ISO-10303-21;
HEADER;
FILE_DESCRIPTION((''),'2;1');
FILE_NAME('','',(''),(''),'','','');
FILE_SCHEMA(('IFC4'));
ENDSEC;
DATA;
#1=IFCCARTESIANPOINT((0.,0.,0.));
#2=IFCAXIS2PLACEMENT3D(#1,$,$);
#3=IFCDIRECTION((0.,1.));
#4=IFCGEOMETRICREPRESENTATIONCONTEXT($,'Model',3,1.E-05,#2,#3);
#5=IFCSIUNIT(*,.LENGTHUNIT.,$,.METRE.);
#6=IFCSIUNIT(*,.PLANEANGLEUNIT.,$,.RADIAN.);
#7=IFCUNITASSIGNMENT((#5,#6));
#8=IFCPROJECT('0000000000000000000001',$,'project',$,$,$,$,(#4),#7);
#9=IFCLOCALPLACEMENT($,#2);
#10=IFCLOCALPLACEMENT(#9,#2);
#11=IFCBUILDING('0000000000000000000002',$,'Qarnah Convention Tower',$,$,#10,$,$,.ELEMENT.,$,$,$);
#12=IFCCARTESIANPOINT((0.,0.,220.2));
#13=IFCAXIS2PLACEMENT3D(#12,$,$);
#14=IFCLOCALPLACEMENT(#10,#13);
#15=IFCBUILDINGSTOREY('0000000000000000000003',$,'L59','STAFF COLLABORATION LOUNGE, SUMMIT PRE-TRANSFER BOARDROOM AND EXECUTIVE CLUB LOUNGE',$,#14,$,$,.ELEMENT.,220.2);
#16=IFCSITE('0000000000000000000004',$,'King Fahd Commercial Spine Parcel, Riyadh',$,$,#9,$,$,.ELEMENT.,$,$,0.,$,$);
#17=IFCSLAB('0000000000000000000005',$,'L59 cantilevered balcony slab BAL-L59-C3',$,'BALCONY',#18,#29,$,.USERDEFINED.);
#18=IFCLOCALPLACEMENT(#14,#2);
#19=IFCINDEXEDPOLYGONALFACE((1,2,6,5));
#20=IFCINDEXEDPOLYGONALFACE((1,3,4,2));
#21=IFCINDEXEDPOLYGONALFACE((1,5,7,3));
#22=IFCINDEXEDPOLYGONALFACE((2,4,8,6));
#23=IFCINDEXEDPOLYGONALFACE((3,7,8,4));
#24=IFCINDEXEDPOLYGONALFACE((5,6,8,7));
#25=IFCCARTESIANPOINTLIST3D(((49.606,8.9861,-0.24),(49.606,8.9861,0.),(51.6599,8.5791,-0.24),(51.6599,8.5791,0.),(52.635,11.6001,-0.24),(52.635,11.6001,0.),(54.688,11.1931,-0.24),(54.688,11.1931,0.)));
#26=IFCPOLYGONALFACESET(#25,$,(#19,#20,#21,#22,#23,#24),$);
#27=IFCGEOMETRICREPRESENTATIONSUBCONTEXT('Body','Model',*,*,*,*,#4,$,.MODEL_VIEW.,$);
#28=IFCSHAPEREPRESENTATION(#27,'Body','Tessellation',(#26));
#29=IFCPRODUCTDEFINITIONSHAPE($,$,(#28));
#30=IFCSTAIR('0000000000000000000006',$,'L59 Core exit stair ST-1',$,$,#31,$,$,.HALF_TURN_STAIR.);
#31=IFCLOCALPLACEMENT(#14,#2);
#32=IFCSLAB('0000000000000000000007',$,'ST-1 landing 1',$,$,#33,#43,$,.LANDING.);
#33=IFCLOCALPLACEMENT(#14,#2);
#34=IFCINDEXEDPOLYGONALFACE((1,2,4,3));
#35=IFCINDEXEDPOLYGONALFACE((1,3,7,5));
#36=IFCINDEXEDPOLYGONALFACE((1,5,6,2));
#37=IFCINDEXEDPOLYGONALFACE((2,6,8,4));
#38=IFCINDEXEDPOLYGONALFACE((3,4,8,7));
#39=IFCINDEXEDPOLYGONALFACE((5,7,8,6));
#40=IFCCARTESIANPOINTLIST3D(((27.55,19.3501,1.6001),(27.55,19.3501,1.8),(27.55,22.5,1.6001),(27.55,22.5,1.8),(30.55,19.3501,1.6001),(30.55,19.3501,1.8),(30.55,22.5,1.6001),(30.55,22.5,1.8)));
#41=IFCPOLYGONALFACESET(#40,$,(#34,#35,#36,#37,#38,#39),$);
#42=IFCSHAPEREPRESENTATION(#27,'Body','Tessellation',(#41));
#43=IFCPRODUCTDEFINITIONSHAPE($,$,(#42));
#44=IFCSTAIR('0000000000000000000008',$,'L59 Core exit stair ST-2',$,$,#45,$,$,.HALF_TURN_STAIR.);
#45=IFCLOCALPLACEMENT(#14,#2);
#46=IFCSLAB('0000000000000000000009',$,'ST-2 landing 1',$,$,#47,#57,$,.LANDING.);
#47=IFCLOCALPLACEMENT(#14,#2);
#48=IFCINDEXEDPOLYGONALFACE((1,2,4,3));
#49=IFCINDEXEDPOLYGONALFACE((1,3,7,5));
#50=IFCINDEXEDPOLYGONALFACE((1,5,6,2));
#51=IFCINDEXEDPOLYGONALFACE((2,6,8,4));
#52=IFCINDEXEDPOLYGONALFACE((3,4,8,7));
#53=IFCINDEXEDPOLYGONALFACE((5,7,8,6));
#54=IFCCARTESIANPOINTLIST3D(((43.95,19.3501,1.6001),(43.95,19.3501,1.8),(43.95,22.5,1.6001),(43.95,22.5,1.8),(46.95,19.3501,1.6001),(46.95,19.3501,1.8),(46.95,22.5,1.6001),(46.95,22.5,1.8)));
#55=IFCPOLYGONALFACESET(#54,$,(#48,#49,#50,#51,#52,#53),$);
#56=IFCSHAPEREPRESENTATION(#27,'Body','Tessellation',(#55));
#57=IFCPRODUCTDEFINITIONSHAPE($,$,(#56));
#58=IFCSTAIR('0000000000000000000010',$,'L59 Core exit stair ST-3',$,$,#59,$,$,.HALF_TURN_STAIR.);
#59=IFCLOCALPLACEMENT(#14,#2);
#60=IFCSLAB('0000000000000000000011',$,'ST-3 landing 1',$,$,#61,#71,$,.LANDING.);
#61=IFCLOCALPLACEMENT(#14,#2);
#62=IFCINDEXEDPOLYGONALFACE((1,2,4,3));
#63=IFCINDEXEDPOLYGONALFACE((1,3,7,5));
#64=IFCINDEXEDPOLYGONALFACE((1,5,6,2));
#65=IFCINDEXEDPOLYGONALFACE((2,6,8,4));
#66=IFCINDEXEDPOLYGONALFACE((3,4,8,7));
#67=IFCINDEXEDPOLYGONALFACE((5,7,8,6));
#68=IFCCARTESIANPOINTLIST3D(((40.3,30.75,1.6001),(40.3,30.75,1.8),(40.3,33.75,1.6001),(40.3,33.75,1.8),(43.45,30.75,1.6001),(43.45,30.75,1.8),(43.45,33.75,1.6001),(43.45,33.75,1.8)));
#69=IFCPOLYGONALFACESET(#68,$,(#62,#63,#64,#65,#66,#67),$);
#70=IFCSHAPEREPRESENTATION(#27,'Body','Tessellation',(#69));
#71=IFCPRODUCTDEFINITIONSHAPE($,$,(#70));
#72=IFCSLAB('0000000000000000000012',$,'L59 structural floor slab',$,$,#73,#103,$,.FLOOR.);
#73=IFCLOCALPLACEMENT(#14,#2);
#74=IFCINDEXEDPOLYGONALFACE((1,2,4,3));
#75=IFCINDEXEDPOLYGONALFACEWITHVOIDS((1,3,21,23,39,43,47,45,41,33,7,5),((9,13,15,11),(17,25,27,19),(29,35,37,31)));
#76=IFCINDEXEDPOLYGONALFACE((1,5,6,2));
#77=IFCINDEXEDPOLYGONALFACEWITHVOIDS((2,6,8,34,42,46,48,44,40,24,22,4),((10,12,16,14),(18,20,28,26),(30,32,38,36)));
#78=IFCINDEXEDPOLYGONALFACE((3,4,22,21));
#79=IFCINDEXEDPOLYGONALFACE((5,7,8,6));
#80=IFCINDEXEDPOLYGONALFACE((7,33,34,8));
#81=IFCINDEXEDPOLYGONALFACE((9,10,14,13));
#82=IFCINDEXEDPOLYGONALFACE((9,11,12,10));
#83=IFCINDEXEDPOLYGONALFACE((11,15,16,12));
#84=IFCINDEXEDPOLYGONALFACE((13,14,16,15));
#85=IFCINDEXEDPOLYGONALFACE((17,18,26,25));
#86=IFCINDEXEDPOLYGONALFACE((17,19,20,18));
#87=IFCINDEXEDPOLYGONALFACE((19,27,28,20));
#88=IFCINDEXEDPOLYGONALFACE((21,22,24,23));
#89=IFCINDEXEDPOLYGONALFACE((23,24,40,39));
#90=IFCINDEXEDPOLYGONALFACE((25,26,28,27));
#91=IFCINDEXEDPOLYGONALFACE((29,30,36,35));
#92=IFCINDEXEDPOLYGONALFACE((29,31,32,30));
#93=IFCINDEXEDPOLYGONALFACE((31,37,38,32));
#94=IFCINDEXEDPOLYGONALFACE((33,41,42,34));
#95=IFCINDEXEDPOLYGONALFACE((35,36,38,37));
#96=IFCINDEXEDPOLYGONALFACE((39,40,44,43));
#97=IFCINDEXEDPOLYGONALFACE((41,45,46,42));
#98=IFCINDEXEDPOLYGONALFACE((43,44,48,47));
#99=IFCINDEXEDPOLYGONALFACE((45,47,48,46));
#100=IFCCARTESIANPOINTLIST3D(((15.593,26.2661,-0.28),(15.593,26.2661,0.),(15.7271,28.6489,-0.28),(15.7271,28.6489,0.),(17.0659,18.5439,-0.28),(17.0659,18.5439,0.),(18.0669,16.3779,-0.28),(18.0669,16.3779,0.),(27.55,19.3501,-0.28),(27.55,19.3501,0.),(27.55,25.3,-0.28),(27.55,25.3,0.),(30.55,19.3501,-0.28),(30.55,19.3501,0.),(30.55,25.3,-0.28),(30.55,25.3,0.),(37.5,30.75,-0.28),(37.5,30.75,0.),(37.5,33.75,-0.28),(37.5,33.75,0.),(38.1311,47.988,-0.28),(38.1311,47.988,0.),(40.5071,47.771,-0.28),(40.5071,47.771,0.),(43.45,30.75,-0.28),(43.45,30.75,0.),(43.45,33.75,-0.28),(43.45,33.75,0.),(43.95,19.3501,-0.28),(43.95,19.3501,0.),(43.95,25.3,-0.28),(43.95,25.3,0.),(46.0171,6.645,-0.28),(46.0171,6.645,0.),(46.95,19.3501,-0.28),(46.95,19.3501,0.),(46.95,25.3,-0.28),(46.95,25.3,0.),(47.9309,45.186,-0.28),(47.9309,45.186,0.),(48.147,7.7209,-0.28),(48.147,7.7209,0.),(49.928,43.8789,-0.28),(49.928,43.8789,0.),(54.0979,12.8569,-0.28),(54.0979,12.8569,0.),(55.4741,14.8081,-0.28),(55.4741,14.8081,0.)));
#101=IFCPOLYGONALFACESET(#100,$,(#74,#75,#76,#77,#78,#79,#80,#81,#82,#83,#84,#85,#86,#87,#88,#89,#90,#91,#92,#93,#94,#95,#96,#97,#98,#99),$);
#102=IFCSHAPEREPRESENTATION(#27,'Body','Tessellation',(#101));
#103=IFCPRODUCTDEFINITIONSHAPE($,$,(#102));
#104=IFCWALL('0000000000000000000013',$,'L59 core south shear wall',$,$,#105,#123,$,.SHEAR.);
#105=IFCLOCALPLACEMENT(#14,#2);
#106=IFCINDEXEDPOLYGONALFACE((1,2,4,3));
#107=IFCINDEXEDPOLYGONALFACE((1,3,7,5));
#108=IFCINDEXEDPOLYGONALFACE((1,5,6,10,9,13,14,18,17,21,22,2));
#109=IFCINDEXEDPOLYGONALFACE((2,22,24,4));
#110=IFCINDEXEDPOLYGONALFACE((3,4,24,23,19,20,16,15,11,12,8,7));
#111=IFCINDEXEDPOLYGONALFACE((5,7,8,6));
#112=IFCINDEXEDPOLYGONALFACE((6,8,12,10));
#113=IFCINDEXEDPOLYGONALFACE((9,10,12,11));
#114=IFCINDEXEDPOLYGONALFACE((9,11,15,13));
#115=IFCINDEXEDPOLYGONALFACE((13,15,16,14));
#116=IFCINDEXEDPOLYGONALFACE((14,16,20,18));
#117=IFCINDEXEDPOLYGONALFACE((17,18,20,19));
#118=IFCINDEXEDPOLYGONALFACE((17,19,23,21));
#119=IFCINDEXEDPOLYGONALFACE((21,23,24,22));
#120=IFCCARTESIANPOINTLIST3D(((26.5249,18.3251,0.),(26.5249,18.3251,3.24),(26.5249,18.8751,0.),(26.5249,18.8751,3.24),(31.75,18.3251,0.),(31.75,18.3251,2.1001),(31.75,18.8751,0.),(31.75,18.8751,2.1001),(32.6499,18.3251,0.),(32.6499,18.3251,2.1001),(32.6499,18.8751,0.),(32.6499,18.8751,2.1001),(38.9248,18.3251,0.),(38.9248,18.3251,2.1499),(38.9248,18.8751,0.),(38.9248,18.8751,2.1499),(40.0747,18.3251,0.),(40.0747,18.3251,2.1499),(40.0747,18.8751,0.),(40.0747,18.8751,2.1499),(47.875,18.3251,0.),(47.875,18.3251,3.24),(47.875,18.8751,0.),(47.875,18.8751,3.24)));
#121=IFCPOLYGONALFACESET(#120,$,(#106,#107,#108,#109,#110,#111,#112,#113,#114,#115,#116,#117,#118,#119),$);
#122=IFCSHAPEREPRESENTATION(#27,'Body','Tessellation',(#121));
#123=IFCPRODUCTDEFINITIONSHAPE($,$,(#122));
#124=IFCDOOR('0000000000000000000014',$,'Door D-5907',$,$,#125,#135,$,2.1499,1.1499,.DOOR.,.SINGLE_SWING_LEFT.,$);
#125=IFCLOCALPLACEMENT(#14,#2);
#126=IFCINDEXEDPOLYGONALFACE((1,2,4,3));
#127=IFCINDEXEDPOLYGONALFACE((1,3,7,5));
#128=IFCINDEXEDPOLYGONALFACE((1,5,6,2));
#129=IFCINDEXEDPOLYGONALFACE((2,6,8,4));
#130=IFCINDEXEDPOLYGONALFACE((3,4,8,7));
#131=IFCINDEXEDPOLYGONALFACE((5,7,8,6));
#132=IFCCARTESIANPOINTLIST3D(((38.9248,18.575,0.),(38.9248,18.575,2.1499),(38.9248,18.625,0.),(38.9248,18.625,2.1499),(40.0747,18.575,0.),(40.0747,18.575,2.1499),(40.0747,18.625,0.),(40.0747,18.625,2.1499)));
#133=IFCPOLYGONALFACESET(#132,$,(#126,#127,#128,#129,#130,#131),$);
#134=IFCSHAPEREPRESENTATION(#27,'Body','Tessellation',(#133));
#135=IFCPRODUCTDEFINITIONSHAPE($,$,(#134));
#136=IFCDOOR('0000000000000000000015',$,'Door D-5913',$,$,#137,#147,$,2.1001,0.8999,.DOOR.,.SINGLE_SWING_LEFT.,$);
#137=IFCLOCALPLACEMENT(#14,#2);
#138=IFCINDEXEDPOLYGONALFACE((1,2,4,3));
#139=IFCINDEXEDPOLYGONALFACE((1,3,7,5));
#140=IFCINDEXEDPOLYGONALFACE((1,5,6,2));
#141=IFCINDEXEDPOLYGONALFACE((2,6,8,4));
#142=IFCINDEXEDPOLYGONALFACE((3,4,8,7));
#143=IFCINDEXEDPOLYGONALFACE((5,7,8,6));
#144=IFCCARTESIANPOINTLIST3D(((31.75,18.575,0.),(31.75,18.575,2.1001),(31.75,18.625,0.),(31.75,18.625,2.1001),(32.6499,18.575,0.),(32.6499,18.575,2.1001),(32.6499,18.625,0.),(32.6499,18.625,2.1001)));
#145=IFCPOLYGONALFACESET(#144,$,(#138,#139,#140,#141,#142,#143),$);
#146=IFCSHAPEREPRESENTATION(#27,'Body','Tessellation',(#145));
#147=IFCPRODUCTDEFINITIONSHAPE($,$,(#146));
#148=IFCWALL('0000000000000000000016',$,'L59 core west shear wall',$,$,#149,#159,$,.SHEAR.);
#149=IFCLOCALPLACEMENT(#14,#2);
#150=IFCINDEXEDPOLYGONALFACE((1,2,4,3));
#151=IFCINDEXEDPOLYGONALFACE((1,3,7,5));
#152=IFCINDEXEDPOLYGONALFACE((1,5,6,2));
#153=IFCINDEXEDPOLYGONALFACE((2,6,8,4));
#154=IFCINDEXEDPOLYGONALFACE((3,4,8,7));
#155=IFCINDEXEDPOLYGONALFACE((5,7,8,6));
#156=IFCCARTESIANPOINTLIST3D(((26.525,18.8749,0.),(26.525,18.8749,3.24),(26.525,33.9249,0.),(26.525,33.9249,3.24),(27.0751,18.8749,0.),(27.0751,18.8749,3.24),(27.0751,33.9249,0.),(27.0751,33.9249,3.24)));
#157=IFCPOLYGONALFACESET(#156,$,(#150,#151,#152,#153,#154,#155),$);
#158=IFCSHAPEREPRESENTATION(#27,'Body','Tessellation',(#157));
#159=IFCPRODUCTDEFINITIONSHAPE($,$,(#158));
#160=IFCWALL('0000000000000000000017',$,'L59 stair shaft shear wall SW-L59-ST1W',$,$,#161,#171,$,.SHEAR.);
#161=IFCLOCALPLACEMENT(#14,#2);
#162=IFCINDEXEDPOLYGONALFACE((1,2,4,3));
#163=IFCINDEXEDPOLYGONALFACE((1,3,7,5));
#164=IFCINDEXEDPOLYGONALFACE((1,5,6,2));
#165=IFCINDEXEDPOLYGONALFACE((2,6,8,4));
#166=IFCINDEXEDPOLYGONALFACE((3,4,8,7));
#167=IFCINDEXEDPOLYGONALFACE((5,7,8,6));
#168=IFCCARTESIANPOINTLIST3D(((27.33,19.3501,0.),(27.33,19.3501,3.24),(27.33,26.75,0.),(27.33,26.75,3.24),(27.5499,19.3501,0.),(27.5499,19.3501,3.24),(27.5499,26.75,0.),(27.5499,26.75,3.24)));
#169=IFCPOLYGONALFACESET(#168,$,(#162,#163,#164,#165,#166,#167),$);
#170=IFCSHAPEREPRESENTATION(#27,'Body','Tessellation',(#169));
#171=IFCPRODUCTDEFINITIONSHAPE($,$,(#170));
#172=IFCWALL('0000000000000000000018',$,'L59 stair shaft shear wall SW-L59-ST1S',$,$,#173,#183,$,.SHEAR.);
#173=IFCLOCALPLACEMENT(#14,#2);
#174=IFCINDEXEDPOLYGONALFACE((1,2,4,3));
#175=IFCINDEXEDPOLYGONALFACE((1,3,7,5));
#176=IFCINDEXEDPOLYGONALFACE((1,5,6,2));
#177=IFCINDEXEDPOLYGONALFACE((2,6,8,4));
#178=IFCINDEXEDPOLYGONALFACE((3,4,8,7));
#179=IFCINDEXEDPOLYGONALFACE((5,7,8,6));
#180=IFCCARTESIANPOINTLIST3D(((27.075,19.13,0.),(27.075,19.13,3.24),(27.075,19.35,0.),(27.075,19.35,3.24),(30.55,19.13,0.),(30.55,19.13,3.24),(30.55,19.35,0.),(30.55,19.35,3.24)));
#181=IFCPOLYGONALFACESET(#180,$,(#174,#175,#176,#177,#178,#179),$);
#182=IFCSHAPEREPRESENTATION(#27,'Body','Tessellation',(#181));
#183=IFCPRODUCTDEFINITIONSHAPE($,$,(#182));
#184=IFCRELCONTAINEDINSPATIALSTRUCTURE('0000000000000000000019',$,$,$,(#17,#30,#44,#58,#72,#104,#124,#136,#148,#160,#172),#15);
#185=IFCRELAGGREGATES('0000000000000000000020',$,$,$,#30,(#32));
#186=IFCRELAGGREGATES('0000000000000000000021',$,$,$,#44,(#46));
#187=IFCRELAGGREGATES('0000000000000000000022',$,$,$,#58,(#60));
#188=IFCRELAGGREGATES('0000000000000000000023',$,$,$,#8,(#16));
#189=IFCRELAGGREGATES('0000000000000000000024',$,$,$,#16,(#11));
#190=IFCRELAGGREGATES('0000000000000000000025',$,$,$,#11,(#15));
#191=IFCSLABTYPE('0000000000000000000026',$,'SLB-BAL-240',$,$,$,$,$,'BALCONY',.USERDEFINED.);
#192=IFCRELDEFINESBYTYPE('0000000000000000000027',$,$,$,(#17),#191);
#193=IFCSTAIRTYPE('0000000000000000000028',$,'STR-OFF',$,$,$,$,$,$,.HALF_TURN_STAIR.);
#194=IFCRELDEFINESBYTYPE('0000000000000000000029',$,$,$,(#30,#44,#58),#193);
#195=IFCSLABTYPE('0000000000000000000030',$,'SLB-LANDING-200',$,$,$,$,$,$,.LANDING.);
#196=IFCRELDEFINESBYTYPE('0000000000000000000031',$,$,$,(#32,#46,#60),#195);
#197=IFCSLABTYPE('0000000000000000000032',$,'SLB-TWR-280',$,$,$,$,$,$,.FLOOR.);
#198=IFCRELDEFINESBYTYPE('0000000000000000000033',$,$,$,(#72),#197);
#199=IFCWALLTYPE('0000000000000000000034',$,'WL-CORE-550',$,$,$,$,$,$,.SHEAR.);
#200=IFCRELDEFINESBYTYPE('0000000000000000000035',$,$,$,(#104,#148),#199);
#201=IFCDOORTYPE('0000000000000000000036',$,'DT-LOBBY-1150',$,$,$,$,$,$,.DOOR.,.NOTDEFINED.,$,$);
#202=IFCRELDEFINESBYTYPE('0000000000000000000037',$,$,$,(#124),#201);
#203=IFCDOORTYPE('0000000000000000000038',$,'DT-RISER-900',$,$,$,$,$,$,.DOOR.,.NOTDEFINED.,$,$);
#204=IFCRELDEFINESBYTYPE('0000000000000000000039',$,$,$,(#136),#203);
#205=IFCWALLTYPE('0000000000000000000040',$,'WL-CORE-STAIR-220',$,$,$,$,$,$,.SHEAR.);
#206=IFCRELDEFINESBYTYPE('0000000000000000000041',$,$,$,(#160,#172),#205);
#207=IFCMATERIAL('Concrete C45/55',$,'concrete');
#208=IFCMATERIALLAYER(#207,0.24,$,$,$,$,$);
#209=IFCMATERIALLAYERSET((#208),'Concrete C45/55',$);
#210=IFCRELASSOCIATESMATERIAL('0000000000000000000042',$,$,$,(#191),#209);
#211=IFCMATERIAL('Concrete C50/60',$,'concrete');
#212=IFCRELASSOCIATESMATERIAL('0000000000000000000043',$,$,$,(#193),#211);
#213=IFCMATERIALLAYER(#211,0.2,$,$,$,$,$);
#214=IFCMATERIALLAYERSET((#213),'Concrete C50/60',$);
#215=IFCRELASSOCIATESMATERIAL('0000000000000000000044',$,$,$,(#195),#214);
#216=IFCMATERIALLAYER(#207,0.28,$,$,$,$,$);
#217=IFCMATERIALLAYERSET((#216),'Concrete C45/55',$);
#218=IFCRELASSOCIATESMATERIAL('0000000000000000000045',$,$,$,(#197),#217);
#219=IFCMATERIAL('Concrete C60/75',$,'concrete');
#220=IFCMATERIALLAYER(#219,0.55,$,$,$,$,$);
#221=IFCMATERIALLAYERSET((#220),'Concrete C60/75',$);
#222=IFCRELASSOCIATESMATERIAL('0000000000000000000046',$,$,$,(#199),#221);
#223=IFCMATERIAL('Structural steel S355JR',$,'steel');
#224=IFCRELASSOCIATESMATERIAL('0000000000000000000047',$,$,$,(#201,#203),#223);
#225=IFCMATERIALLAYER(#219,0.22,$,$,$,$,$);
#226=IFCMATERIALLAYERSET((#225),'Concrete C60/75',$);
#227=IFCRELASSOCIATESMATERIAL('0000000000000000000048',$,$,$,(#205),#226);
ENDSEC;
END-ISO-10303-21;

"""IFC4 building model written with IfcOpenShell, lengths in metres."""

from ifc_helpers import new_model, si_unit, direction, frame, frame_2d, origin, place, context, subcontext, project, spatial, polyline, rectangle, outline, extrude, material, layer, layer_set, type_object, element, fill, aggregate, save


model = new_model("IFC4")

# Units and contexts
model_context = context("Model", 3, precision=1e-05, world=origin(), true_north=direction((0.0, 1.0)))
body_context = subcontext(model_context, "Body", "Model", "MODEL_VIEW")
ifc_project = project(units=[si_unit("LENGTHUNIT", "METRE"), si_unit("PLANEANGLEUNIT", "RADIAN")], contexts=[model_context])

# Site, building, storey
site_placement = place(None, origin())
site = spatial("IfcSite", under=ifc_project, at=site_placement, Name="King Fahd Commercial Spine Parcel, Riyadh", CompositionType="ELEMENT", RefElevation=0.0)
building_placement = place(site_placement, origin())
building = spatial("IfcBuilding", under=site, at=building_placement, Name="Qarnah Convention Tower", CompositionType="ELEMENT")
storey_placement = place(building_placement, frame((0.0, 0.0, 220.2)))
storey = spatial("IfcBuildingStorey", under=building, at=storey_placement, Name="L59", Description="STAFF COLLABORATION LOUNGE, SUMMIT PRE-TRANSFER BOARDROOM AND EXECUTIVE CLUB LOUNGE", CompositionType="ELEMENT", Elevation=220.2)

# Shared definitions
ifc_material_1 = material(Name="Concrete C50/60", Category="concrete")

# Shared definitions
ifc_material_2 = material(Name="Structural steel S355JR", Category="steel")

# Slab
ifc_material_3 = material(Name="Concrete C45/55", Category="concrete")
ifc_layer_1 = layer(ifc_material_3, 0.24)
ifc_layer_set_1 = layer_set([ifc_layer_1], Name="Concrete C45/55")
slab_type_1 = type_object("IfcSlabType", Name="SLB-BAL-240", ElementType="BALCONY", PredefinedType="USERDEFINED", material=ifc_layer_set_1)
slab_1_placement = place(storey_placement, frame((0.0, 0.0, -0.24)))
element("IfcSlab", 1, at=slab_1_placement, inside=storey, type_object=slab_type_1, Name="L59 cantilevered balcony slab BAL-L59-C3", ObjectType="BALCONY", PredefinedType="USERDEFINED", context=body_context, shape_type="SweptSolid", body=[
    extrude(outline(polyline([(54.688, 11.1931), (51.6599, 8.5791), (49.606, 8.9861), (52.635, 11.6001), (54.688, 11.1931)])), origin(), (0.0, 0.0, 1.0), 0.24),
])

# Stairs, slabs
stair_type = type_object("IfcStairType", Name="STR-OFF", PredefinedType="HALF_TURN_STAIR", material=ifc_material_1)
stair_1_placement = place(storey_placement, origin())
stair_1 = element("IfcStair", 2, at=stair_1_placement, inside=storey, type_object=stair_type, Name="L59 Core exit stair ST-1", PredefinedType="HALF_TURN_STAIR")
ifc_layer_2 = layer(ifc_material_1, 0.2)
ifc_layer_set_2 = layer_set([ifc_layer_2], Name="Concrete C50/60")
slab_type_2 = type_object("IfcSlabType", Name="SLB-LANDING-200", PredefinedType="LANDING", material=ifc_layer_set_2)
slab_2_placement = place(storey_placement, frame((0.0, 0.0, 1.6001)))
slab_2 = element("IfcSlab", 3, at=slab_2_placement, type_object=slab_type_2, Name="ST-1 landing 1", PredefinedType="LANDING", context=body_context, shape_type="SweptSolid", body=[
    extrude(outline(polyline([(27.55, 22.5), (27.55, 19.3501), (30.55, 19.3501), (30.55, 22.5), (27.55, 22.5)])), origin(), (0.0, 0.0, 1.0), 0.2),
])
aggregate(stair_1, [slab_2])
stair_2_placement = place(storey_placement, origin())
stair_2 = element("IfcStair", 4, at=stair_2_placement, inside=storey, type_object=stair_type, Name="L59 Core exit stair ST-2", PredefinedType="HALF_TURN_STAIR")
slab_3_placement = place(storey_placement, frame((0.0, 0.0, 1.6001)))
slab_3 = element("IfcSlab", 5, at=slab_3_placement, type_object=slab_type_2, Name="ST-2 landing 1", PredefinedType="LANDING", context=body_context, shape_type="SweptSolid", body=[
    extrude(outline(polyline([(43.95, 22.5), (43.95, 19.3501), (46.95, 19.3501), (46.95, 22.5), (43.95, 22.5)])), origin(), (0.0, 0.0, 1.0), 0.2),
])
aggregate(stair_2, [slab_3])
stair_3_placement = place(storey_placement, origin())
stair_3 = element("IfcStair", 6, at=stair_3_placement, inside=storey, type_object=stair_type, Name="L59 Core exit stair ST-3", PredefinedType="HALF_TURN_STAIR")
slab_4_placement = place(storey_placement, frame((0.0, 0.0, 1.6001)))
slab_4 = element("IfcSlab", 7, at=slab_4_placement, type_object=slab_type_2, Name="ST-3 landing 1", PredefinedType="LANDING", context=body_context, shape_type="SweptSolid", body=[
    extrude(outline(polyline([(40.3, 30.75), (43.45, 30.75), (43.45, 33.75), (40.3, 33.75), (40.3, 30.75)])), origin(), (0.0, 0.0, 1.0), 0.2),
])
aggregate(stair_3, [slab_4])

# Slab
ifc_layer_3 = layer(ifc_material_3, 0.28)
ifc_layer_set_3 = layer_set([ifc_layer_3], Name="Concrete C45/55")
slab_type_3 = type_object("IfcSlabType", Name="SLB-TWR-280", PredefinedType="FLOOR", material=ifc_layer_set_3)
slab_5_placement = place(storey_placement, frame((0.0, 0.0, -0.28)))
element("IfcSlab", 8, at=slab_5_placement, inside=storey, type_object=slab_type_3, Name="L59 structural floor slab", PredefinedType="FLOOR", context=body_context, shape_type="SweptSolid", body=[
    extrude(outline(polyline([(38.1311, 47.988), (15.7271, 28.6489), (15.593, 26.2661), (17.0659, 18.5439), (18.0669, 16.3779), (46.0171, 6.645), (48.147, 7.7209), (54.0979, 12.8569), (55.4741, 14.8081), (49.928, 43.8789), (47.9309, 45.186), (40.5071, 47.771), (38.1311, 47.988)]), holes=[polyline([(27.55, 25.3), (27.55, 19.3501), (30.55, 19.3501), (30.55, 25.3), (27.55, 25.3)]), polyline([(43.95, 25.3), (43.95, 19.3501), (46.95, 19.3501), (46.95, 25.3), (43.95, 25.3)]), polyline([(37.5, 30.75), (43.45, 30.75), (43.45, 33.75), (37.5, 33.75), (37.5, 30.75)])]), origin(), (0.0, 0.0, 1.0), 0.28),
])

# Wall, openings, doors
ifc_material_4 = material(Name="Concrete C60/75", Category="concrete")
ifc_layer_4 = layer(ifc_material_4, 0.55)
ifc_layer_set_4 = layer_set([ifc_layer_4], Name="Concrete C60/75")
wall_type_1 = type_object("IfcWallType", Name="WL-CORE-550", PredefinedType="SHEAR", material=ifc_layer_set_4)
wall_1_placement = place(storey_placement, frame((26.5249, 18.6001, 0.0), z_axis=(0.0, 0.0, 1.0), x_axis=(1.0, 0.0, 0.0)))
wall_1 = element("IfcWall", 9, at=wall_1_placement, inside=storey, type_object=wall_type_1, Name="L59 core south shear wall", PredefinedType="SHEAR", context=body_context, shape_type="SweptSolid", body=[
    extrude(rectangle(XDim=21.3501, YDim=0.55, at=frame_2d((10.675, 0.0))), origin(), (0.0, 0.0, 1.0), 3.24),
])
opening_1_placement = place(wall_1_placement, frame((12.3999, 0.0, 0.0)))
opening_1 = element("IfcOpeningElement", 10, at=opening_1_placement, cuts=wall_1, PredefinedType="OPENING", context=body_context, shape_type="SweptSolid", body=[
    extrude(rectangle(XDim=1.1499, YDim=2.1499, at=frame_2d((0.575, 1.075))), frame((0.0, 0.2849, 0.0), z_axis=(0.0, -1.0, 0.0), x_axis=(1.0, 0.0, 0.0)), (0.0, 0.0, 1.0), 0.5701),
])
opening_2_placement = place(wall_1_placement, frame((5.2251, 0.0, 0.0)))
opening_2 = element("IfcOpeningElement", 11, at=opening_2_placement, cuts=wall_1, PredefinedType="OPENING", context=body_context, shape_type="SweptSolid", body=[
    extrude(rectangle(XDim=0.8999, YDim=2.1001, at=frame_2d((0.45, 1.05))), frame((0.0, 0.2849, 0.0), z_axis=(0.0, -1.0, 0.0), x_axis=(1.0, 0.0, 0.0)), (0.0, 0.0, 1.0), 0.5701),
])
door_type_1 = type_object("IfcDoorType", Name="DT-LOBBY-1150", OperationType="NOTDEFINED", PredefinedType="DOOR", material=ifc_material_2)
door_1_placement = place(opening_1_placement, origin())
door_1 = element("IfcDoor", 12, at=door_1_placement, inside=storey, type_object=door_type_1, Name="Door D-5907", OperationType="SINGLE_SWING_LEFT", OverallHeight=2.1499, OverallWidth=1.1499, PredefinedType="DOOR", context=body_context, shape_type="SweptSolid", body=[
    extrude(rectangle(XDim=1.1499, YDim=2.1499, at=frame_2d((0.575, 1.075))), frame((0.0, 0.0249, 0.0), z_axis=(0.0, -1.0, 0.0), x_axis=(1.0, 0.0, 0.0)), (0.0, 0.0, 1.0), 0.05),
])
fill(opening_1, door_1)
door_type_2 = type_object("IfcDoorType", Name="DT-RISER-900", OperationType="NOTDEFINED", PredefinedType="DOOR", material=ifc_material_2)
door_2_placement = place(opening_2_placement, origin())
door_2 = element("IfcDoor", 13, at=door_2_placement, inside=storey, type_object=door_type_2, Name="Door D-5913", OperationType="SINGLE_SWING_LEFT", OverallHeight=2.1001, OverallWidth=0.8999, PredefinedType="DOOR", context=body_context, shape_type="SweptSolid", body=[
    extrude(rectangle(XDim=0.8999, YDim=2.1001, at=frame_2d((0.45, 1.05))), frame((0.0, 0.0249, 0.0), z_axis=(0.0, -1.0, 0.0), x_axis=(1.0, 0.0, 0.0)), (0.0, 0.0, 1.0), 0.05),
])
fill(opening_2, door_2)

# Walls
wall_2_placement = place(storey_placement, frame((26.8, 18.875, 0.0), z_axis=(0.0, 0.0, 1.0), x_axis=(0.0, 1.0, 0.0)))
element("IfcWall", 14, at=wall_2_placement, inside=storey, type_object=wall_type_1, Name="L59 core west shear wall", PredefinedType="SHEAR", context=body_context, shape_type="SweptSolid", body=[
    extrude(rectangle(XDim=15.05, YDim=0.55, at=frame_2d((7.5249, 0.0))), origin(), (0.0, 0.0, 1.0), 3.24),
])
ifc_layer_5 = layer(ifc_material_4, 0.22)
ifc_layer_set_5 = layer_set([ifc_layer_5], Name="Concrete C60/75")
wall_type_2 = type_object("IfcWallType", Name="WL-CORE-STAIR-220", PredefinedType="SHEAR", material=ifc_layer_set_5)
wall_3_placement = place(storey_placement, frame((27.4399, 19.3501, 0.0), z_axis=(0.0, 0.0, 1.0), x_axis=(0.0, 1.0, 0.0)))
element("IfcWall", 15, at=wall_3_placement, inside=storey, type_object=wall_type_2, Name="L59 stair shaft shear wall SW-L59-ST1W", PredefinedType="SHEAR", context=body_context, shape_type="SweptSolid", body=[
    extrude(rectangle(XDim=7.3999, YDim=0.22, at=frame_2d((3.7, 0.0))), origin(), (0.0, 0.0, 1.0), 3.24),
])
wall_4_placement = place(storey_placement, frame((27.075, 19.24, 0.0), z_axis=(0.0, 0.0, 1.0), x_axis=(1.0, 0.0, 0.0)))
element("IfcWall", 16, at=wall_4_placement, inside=storey, type_object=wall_type_2, Name="L59 stair shaft shear wall SW-L59-ST1S", PredefinedType="SHEAR", context=body_context, shape_type="SweptSolid", body=[
    extrude(rectangle(XDim=3.4751, YDim=0.22, at=frame_2d((1.7375, 0.0))), origin(), (0.0, 0.0, 1.0), 3.24),
])

save(model, "model.ifc")
